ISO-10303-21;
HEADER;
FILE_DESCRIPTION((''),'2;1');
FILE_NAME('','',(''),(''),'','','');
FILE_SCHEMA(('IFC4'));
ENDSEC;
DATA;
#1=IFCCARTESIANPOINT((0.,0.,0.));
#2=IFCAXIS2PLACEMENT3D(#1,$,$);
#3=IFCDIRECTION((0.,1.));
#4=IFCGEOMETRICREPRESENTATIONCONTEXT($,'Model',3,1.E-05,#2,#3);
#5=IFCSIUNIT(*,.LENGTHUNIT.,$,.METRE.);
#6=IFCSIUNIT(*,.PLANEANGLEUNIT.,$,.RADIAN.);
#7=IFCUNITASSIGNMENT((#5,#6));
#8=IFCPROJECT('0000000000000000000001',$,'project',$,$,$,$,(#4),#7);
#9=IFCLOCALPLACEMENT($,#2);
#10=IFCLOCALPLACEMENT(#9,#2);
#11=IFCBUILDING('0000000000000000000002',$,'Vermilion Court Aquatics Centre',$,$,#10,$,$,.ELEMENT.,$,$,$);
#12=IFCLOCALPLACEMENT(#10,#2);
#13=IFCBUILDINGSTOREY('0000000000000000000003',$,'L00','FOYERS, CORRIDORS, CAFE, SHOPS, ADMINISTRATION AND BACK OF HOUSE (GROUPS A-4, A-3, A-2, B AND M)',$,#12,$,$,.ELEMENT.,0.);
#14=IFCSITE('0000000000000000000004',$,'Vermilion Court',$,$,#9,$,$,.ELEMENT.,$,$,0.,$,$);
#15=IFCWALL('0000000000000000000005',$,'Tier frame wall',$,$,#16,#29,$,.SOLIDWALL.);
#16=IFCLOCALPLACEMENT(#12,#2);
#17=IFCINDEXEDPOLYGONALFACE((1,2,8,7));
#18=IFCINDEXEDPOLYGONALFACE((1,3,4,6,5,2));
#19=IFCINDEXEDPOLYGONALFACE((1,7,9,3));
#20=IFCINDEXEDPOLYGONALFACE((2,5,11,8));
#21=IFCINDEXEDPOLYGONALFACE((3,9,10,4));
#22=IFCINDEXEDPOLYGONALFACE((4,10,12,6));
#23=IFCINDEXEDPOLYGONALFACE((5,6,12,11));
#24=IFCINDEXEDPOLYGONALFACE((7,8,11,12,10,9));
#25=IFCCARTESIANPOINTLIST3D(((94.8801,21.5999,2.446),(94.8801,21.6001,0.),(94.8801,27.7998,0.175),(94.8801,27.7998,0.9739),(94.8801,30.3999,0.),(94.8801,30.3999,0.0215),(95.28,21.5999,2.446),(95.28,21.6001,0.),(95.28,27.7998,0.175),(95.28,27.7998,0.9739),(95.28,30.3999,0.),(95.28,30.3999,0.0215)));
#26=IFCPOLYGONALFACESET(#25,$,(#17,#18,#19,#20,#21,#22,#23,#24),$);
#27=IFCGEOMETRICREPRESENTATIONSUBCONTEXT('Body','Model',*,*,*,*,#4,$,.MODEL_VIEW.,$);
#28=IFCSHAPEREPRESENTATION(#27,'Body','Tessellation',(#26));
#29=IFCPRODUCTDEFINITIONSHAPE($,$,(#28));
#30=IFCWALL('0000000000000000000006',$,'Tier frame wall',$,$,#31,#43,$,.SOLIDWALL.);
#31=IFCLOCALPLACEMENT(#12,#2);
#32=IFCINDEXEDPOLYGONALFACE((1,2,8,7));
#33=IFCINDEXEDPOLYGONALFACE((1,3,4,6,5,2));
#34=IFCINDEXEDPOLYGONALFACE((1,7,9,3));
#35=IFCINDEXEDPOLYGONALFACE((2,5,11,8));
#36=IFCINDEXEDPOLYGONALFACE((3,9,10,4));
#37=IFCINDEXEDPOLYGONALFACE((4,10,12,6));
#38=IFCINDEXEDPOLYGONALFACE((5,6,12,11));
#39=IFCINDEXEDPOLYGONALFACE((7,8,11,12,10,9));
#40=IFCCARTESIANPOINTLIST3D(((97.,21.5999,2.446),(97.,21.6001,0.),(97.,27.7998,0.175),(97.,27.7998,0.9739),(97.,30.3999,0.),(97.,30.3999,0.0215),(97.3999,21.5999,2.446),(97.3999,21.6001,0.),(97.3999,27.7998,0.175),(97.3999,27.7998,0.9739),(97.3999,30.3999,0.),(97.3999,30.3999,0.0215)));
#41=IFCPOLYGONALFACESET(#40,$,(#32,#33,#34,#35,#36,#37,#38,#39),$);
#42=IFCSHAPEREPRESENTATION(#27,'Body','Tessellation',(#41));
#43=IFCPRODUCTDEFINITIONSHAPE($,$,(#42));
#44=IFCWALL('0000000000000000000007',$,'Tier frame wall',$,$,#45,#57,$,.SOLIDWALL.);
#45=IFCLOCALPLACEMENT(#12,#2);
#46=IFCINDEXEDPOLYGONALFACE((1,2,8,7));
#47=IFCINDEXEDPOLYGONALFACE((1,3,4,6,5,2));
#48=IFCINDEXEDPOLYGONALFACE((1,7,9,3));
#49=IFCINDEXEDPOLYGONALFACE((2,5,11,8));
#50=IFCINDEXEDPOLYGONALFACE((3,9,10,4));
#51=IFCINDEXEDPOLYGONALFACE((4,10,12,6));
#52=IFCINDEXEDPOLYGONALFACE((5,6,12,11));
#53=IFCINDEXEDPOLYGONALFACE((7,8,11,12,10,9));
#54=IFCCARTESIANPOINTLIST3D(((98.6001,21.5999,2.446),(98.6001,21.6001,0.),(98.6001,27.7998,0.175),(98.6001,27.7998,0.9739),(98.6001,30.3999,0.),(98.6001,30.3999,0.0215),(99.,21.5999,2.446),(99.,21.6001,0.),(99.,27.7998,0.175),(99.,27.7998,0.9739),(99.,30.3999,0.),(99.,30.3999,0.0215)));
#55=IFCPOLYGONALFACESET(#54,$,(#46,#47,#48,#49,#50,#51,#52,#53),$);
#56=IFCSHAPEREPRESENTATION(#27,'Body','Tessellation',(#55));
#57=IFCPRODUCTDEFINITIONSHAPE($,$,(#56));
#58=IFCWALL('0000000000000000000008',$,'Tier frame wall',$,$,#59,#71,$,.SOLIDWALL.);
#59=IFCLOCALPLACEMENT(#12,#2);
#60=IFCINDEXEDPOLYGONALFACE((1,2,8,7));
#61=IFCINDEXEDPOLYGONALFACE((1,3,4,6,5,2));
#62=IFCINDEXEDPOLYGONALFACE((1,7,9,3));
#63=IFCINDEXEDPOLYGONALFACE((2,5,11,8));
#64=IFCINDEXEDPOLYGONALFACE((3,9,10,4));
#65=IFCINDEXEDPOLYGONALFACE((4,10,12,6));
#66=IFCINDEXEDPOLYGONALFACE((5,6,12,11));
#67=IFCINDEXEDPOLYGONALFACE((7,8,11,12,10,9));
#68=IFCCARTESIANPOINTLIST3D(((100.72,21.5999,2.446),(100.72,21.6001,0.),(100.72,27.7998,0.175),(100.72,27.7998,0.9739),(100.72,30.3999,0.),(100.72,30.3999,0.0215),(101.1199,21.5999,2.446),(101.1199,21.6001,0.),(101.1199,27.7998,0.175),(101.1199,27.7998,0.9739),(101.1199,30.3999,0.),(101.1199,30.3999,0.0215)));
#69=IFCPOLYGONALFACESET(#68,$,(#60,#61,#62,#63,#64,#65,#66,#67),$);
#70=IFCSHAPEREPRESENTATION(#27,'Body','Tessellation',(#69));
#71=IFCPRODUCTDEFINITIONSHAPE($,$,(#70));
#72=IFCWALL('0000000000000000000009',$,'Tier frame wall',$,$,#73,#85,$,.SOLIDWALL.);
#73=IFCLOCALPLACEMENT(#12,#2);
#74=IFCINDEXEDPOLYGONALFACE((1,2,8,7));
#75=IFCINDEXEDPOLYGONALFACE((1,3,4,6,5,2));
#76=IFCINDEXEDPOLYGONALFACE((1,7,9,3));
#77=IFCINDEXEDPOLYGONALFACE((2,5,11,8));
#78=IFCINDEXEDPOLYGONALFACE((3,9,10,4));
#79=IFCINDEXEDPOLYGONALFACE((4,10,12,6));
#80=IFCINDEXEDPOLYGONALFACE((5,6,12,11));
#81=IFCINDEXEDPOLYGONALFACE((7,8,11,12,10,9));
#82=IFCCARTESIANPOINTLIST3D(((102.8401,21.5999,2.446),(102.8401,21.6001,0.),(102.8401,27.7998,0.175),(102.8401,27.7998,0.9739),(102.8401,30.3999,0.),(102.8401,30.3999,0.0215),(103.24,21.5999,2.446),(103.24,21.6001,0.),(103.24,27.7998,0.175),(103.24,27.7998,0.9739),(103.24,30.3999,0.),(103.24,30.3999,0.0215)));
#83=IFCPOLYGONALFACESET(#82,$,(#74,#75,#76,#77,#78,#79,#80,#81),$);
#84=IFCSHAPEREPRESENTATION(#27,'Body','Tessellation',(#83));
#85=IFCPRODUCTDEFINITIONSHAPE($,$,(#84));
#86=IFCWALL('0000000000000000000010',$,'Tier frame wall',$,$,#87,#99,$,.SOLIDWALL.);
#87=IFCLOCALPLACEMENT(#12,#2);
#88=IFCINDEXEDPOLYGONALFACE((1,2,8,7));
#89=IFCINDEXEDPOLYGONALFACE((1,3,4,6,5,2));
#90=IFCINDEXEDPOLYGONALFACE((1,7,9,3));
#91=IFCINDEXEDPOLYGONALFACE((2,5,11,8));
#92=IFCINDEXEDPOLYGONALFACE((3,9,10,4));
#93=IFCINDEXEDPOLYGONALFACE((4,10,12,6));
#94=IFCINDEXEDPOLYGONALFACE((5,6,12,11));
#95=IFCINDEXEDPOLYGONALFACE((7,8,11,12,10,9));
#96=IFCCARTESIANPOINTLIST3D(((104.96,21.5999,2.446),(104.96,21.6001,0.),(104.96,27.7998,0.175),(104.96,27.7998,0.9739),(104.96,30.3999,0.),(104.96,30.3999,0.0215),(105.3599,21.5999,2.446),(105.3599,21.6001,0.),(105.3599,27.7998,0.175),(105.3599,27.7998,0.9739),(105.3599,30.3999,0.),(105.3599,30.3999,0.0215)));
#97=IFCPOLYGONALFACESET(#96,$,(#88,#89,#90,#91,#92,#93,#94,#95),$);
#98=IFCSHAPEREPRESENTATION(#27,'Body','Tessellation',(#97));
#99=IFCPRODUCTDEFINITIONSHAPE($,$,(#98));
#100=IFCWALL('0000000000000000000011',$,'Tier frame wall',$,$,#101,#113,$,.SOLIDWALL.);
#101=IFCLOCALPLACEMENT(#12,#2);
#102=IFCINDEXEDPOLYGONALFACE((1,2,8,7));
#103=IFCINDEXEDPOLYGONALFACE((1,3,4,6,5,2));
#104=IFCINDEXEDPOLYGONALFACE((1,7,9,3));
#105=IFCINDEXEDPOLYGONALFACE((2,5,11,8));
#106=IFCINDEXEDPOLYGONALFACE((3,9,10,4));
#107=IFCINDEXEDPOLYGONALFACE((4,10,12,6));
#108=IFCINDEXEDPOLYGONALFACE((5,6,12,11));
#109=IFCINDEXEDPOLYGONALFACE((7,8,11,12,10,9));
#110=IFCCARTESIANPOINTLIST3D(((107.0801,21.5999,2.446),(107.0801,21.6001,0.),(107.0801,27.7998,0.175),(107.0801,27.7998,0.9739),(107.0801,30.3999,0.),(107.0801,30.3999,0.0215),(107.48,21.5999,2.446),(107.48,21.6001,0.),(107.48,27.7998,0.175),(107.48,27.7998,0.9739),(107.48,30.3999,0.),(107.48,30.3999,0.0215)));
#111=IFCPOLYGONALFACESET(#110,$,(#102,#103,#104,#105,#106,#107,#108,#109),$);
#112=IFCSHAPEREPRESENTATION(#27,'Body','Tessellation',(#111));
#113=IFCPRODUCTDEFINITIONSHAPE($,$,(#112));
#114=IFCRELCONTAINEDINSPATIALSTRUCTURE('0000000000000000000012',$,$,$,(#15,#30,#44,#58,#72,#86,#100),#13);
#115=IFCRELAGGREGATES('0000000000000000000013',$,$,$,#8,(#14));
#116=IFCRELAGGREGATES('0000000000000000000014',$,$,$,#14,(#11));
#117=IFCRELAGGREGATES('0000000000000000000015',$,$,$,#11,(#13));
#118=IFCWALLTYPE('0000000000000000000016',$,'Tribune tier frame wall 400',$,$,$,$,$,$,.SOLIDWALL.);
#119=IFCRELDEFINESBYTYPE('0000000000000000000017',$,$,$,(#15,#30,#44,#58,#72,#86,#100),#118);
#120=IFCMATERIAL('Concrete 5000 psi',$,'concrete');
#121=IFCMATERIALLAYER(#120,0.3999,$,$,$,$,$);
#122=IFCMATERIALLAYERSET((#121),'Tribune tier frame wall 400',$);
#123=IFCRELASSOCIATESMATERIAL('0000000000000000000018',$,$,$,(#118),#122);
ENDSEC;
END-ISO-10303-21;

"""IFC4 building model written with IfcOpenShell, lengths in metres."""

from ifc_helpers import new_model, si_unit, direction, frame, origin, place, context, subcontext, project, spatial, polyline, outline, extrude, material, layer, layer_set, type_object, element, save


model = new_model("IFC4")

# Units and contexts
model_context = context("Model", 3, precision=1e-05, world=origin(), true_north=direction((0.0, 1.0)))
body_context = subcontext(model_context, "Body", "Model", "MODEL_VIEW")
ifc_project = project(units=[si_unit("LENGTHUNIT", "METRE"), si_unit("PLANEANGLEUNIT", "RADIAN")], contexts=[model_context])

# Site, building, storey
site_placement = place(None, origin())
site = spatial("IfcSite", under=ifc_project, at=site_placement, Name="Vermilion Court", CompositionType="ELEMENT", RefElevation=0.0)
building_placement = place(site_placement, origin())
building = spatial("IfcBuilding", under=site, at=building_placement, Name="Vermilion Court Aquatics Centre", CompositionType="ELEMENT")
storey_placement = place(building_placement, origin())
storey = spatial("IfcBuildingStorey", under=building, at=storey_placement, Name="L00", Description="FOYERS, CORRIDORS, CAFE, SHOPS, ADMINISTRATION AND BACK OF HOUSE (GROUPS A-4, A-3, A-2, B AND M)", CompositionType="ELEMENT", Elevation=0.0)

# Walls
ifc_material_1 = material(Name="Concrete 5000 psi", Category="concrete")
ifc_layer_1 = layer(ifc_material_1, 0.3999)
ifc_layer_set_1 = layer_set([ifc_layer_1], Name="Tribune tier frame wall 400")
wall_type_1 = type_object("IfcWallType", Name="Tribune tier frame wall 400", PredefinedType="SOLIDWALL", material=ifc_layer_set_1)
for number, where, z_axis, x_axis, name in (
    (1, (95.0801, 30.3999, 0.0), (0.0, 0.0, 1.0), (0.0, -1.0, 0.0), "Tier frame wall"),
    (2, (97.2, 30.3999, 0.0), (0.0, 0.0, 1.0), (0.0, -1.0, 0.0), "Tier frame wall"),
    (3, (98.8, 30.3999, 0.0), (0.0, 0.0, 1.0), (0.0, -1.0, 0.0), "Tier frame wall"),
    (4, (100.9199, 30.3999, 0.0), (0.0, 0.0, 1.0), (0.0, -1.0, 0.0), "Tier frame wall"),
    (5, (103.04, 30.3999, 0.0), (0.0, 0.0, 1.0), (0.0, -1.0, 0.0), "Tier frame wall"),
    (6, (105.1599, 30.3999, 0.0), (0.0, 0.0, 1.0), (0.0, -1.0, 0.0), "Tier frame wall"),
    (7, (107.28, 30.3999, 0.0), (0.0, 0.0, 1.0), (0.0, -1.0, 0.0), "Tier frame wall"),
):
    element("IfcWall", number, at=place(storey_placement, frame(where, z_axis=z_axis, x_axis=x_axis)), inside=storey, type_object=wall_type_1, Name=name, PredefinedType="SOLIDWALL", context=body_context, shape_type="SweptSolid", body=[
        extrude(outline(polyline([(0.0, 0.0), (8.7998, 0.0), (8.8, 2.446), (2.6001, 0.175), (2.6001, 0.9739), (0.0, 0.0215), (0.0, 0.0)])), frame((0.0, 0.2, 0.0), z_axis=(0.0, -1.0, 0.0), x_axis=(1.0, 0.0, 0.0)), (0.0, 0.0, 1.0), 0.3999),
    ])

save(model, "model.ifc")
